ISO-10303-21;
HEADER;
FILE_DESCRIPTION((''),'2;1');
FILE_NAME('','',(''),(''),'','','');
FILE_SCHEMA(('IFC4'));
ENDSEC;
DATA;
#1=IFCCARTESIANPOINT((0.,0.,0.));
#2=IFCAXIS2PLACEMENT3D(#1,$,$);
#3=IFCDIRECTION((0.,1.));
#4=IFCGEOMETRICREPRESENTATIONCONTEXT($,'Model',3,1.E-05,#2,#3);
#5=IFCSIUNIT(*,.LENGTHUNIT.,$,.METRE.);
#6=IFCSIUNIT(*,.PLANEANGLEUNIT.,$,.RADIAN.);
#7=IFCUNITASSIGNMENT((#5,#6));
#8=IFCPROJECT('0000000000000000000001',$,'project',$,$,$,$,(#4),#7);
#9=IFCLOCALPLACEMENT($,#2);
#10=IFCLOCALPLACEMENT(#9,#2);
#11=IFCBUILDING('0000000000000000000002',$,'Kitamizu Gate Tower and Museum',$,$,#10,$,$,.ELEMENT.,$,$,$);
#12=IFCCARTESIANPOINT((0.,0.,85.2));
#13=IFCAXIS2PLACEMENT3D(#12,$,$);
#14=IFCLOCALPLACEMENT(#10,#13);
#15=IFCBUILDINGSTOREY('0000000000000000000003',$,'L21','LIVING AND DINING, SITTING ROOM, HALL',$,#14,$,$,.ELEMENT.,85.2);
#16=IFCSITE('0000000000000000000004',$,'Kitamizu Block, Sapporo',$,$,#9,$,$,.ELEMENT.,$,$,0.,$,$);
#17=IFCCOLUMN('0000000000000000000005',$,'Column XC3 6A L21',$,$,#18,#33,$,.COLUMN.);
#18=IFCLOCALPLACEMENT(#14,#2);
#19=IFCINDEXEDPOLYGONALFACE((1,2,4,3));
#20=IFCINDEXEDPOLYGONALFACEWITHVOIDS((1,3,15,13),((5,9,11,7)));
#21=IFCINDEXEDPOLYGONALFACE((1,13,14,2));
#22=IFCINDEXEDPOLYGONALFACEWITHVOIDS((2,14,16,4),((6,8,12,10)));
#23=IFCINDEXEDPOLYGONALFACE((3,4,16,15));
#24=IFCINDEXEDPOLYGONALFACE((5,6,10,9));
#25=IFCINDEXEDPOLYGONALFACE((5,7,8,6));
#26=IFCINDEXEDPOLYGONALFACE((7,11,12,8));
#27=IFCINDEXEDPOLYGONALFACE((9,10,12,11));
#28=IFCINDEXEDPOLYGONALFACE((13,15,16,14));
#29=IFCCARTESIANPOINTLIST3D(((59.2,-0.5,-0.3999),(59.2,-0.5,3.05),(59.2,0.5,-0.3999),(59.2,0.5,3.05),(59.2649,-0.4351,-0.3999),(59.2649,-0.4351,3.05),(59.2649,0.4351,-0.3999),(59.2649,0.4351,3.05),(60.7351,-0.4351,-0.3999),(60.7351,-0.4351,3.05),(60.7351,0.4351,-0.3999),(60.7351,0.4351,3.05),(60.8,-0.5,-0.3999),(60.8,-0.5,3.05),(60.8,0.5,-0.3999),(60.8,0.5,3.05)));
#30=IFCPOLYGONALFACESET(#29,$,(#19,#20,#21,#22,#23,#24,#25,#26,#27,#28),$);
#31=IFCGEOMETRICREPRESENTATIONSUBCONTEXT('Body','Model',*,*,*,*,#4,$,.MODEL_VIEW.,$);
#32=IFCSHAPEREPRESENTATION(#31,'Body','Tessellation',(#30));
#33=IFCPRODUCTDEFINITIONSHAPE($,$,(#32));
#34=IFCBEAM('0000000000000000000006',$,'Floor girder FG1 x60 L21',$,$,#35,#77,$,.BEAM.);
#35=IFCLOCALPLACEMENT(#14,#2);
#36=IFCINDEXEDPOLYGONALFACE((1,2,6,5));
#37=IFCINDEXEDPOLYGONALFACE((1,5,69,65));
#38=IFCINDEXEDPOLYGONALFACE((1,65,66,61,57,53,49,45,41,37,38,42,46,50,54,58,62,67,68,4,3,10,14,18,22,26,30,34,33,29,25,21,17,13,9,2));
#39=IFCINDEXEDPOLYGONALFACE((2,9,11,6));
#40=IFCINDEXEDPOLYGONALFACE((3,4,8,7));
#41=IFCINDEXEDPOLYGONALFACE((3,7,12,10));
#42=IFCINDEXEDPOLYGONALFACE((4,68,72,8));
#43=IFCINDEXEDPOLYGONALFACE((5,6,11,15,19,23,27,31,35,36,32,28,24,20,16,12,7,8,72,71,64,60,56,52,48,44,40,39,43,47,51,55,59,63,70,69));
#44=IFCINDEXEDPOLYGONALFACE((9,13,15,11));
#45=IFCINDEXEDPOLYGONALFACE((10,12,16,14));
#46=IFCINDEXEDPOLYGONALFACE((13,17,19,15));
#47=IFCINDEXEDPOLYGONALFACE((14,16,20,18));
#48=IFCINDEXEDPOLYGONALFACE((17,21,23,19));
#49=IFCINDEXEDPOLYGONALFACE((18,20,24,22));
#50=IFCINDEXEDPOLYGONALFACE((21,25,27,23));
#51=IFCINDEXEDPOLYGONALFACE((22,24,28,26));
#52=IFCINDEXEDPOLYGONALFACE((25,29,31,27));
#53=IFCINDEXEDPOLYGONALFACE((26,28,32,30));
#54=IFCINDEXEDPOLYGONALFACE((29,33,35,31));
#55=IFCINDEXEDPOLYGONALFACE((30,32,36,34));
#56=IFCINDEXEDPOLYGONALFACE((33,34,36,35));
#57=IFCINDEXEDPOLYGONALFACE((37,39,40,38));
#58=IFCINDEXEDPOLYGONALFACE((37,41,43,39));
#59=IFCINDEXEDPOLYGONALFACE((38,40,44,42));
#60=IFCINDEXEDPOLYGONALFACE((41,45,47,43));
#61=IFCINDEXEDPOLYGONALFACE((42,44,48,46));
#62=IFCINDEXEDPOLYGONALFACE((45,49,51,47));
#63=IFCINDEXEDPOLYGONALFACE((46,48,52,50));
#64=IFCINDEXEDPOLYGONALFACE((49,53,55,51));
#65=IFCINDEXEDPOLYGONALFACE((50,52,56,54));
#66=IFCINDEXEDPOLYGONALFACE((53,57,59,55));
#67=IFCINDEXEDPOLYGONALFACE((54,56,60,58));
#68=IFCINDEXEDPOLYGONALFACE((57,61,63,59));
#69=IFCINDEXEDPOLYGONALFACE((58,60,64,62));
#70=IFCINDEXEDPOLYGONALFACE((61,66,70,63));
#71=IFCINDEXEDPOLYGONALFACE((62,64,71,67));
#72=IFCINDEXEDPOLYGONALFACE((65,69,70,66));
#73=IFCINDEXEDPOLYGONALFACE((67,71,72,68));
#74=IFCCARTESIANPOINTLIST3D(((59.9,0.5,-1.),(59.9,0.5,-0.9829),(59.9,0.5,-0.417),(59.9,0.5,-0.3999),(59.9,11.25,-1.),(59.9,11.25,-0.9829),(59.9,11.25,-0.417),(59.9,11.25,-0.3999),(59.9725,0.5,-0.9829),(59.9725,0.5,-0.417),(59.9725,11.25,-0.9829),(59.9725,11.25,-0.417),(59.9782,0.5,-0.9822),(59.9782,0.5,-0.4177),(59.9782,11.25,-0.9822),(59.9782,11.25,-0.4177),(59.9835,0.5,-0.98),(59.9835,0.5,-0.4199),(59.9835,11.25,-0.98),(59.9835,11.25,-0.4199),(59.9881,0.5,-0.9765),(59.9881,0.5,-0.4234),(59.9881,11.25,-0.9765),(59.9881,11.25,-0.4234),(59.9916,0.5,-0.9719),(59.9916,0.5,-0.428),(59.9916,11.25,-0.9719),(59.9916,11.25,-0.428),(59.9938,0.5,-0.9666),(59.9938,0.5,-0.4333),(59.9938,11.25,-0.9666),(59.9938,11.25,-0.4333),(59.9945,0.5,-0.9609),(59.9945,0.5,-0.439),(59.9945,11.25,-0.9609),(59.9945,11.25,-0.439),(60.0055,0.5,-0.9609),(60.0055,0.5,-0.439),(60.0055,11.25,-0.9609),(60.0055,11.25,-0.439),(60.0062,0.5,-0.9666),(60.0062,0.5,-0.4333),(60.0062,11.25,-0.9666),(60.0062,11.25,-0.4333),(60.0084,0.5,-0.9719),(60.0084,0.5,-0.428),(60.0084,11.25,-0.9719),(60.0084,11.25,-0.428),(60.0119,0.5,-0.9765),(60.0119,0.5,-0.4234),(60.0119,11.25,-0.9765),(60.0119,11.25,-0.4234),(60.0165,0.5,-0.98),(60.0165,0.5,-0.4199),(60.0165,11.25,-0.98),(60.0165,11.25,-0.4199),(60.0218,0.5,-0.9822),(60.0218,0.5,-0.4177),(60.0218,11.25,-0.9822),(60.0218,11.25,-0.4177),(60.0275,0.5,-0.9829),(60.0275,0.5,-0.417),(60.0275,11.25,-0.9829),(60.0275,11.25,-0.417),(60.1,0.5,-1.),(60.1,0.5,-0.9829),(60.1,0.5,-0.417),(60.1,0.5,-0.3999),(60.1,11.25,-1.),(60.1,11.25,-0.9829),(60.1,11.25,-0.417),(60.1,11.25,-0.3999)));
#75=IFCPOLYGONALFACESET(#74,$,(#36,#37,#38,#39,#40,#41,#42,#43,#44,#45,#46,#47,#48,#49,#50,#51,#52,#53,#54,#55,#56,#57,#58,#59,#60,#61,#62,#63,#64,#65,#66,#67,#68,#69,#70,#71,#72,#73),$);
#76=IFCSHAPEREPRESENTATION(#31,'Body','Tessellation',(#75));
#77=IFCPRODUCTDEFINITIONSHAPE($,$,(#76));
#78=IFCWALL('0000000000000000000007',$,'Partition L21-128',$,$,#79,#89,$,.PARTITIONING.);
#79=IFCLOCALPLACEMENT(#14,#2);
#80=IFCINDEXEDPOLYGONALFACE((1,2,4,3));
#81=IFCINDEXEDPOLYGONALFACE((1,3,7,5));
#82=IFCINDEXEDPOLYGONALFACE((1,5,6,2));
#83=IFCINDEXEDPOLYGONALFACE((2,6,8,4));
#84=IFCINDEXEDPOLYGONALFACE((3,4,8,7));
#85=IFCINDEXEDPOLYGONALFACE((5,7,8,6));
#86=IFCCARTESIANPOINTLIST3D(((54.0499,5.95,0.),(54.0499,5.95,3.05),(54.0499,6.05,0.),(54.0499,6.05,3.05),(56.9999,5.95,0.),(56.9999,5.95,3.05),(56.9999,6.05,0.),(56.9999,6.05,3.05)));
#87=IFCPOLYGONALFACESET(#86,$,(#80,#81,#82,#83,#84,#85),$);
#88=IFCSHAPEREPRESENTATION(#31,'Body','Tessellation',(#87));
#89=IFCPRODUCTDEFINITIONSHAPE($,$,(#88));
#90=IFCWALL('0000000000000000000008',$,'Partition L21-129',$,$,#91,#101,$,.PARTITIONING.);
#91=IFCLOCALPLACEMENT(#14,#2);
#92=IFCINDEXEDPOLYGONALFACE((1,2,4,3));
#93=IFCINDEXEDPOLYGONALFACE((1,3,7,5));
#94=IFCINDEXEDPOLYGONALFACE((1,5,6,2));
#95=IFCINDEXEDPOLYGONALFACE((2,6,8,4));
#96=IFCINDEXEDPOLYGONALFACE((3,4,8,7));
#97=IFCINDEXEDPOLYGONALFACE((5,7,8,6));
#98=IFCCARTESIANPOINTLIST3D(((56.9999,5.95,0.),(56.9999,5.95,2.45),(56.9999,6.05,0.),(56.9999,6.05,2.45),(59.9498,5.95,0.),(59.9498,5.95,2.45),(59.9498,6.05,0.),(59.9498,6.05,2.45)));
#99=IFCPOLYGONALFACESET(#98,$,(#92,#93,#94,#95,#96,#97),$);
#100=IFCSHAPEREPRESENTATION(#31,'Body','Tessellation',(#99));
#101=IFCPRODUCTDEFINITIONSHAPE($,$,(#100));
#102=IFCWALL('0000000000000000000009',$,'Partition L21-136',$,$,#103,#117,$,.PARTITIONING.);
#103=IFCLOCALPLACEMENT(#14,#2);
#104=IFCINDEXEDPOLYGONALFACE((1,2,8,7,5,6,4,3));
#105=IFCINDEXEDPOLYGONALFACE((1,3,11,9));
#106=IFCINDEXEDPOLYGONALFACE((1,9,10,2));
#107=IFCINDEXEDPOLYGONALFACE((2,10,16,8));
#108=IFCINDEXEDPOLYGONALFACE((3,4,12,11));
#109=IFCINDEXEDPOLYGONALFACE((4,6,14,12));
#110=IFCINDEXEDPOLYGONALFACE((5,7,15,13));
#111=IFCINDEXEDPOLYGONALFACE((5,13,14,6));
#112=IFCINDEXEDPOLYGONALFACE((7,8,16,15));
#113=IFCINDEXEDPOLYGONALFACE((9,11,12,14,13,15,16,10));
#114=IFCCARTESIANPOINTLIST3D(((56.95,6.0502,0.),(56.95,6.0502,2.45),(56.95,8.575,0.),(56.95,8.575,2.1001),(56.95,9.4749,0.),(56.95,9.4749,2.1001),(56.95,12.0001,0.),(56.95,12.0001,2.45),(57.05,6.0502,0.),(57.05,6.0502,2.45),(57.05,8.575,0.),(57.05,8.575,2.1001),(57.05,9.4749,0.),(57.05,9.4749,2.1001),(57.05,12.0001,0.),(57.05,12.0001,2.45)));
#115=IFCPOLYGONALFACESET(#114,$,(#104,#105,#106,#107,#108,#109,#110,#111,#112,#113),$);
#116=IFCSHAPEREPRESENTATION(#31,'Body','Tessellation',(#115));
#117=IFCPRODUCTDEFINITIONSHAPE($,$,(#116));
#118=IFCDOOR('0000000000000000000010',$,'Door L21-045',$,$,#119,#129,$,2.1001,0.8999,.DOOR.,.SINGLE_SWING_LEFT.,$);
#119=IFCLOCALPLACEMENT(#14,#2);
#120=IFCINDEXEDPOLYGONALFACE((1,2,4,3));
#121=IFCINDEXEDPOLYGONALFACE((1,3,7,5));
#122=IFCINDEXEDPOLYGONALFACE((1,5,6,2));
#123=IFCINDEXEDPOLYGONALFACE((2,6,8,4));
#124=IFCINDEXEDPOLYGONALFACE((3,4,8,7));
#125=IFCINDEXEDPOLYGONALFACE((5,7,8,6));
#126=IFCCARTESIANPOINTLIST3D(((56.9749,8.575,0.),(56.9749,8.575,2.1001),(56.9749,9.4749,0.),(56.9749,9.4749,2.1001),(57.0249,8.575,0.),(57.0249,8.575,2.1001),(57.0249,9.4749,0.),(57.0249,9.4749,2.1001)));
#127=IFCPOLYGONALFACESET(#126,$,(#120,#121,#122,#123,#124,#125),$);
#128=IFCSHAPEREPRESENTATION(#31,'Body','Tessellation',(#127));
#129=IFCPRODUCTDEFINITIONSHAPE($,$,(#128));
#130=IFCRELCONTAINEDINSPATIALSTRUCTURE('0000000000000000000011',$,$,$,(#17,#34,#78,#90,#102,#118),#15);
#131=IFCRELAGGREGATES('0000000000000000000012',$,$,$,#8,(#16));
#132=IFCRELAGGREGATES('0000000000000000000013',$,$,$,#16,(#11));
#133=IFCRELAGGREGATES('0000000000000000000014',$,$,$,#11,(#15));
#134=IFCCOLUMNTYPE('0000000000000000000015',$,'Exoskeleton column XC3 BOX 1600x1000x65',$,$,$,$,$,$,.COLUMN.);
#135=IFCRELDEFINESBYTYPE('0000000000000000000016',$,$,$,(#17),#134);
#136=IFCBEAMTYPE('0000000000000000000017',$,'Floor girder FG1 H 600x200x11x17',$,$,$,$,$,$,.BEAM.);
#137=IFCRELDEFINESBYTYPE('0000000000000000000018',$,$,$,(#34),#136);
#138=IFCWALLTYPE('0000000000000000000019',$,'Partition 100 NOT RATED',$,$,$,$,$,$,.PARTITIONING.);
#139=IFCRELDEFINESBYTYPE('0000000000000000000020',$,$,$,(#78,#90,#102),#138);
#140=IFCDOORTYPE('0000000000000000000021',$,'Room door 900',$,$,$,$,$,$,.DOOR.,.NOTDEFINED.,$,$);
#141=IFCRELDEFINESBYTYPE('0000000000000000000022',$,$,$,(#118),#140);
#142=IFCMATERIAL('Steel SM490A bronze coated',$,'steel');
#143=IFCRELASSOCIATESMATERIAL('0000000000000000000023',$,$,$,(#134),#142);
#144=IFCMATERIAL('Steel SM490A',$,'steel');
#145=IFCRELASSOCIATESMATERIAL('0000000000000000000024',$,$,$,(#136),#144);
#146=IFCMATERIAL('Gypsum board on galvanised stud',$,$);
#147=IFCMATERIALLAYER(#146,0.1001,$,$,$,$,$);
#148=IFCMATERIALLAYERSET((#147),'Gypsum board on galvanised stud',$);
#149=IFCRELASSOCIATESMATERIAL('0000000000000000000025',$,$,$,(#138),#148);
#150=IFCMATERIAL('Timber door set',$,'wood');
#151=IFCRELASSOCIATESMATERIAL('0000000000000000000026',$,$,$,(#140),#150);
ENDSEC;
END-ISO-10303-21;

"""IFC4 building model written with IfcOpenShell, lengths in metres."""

from ifc_helpers import new_model, si_unit, direction, frame, frame_2d, origin, origin_2d, place, context, subcontext, project, spatial, rectangle, hollow_rectangle, i_section, extrude, material, layer, layer_set, material_profile, profile_set, type_object, element, fill, save


model = new_model("IFC4")

# Units and contexts
model_context = context("Model", 3, precision=1e-05, world=origin(), true_north=direction((0.0, 1.0)))
body_context = subcontext(model_context, "Body", "Model", "MODEL_VIEW")
ifc_project = project(units=[si_unit("LENGTHUNIT", "METRE"), si_unit("PLANEANGLEUNIT", "RADIAN")], contexts=[model_context])

# Site, building, storey
site_placement = place(None, origin())
site = spatial("IfcSite", under=ifc_project, at=site_placement, Name="Kitamizu Block, Sapporo", CompositionType="ELEMENT", RefElevation=0.0)
building_placement = place(site_placement, origin())
building = spatial("IfcBuilding", under=site, at=building_placement, Name="Kitamizu Gate Tower and Museum", CompositionType="ELEMENT")
storey_placement = place(building_placement, frame((0.0, 0.0, 85.2)))
storey = spatial("IfcBuildingStorey", under=building, at=storey_placement, Name="L21", Description="LIVING AND DINING, SITTING ROOM, HALL", CompositionType="ELEMENT", Elevation=85.2)

# Column
ifc_material_1 = material(Name="Steel SM490A bronze coated", Category="steel")
ifc_material_profile_1 = material_profile(ifc_material_1, hollow_rectangle(XDim=1.6001, YDim=1.0, WallThickness=0.0649, at=origin_2d()), Name="BOX 1600x1000x65")
ifc_profile_set_1 = profile_set([ifc_material_profile_1], Name="Steel SM490A bronze coated")
column_type = type_object("IfcColumnType", Name="Exoskeleton column XC3 BOX 1600x1000x65", PredefinedType="COLUMN", material=ifc_profile_set_1)
column_placement = place(storey_placement, frame((60.0, 0.0, -0.3999), z_axis=(0.0, 0.0, 1.0), x_axis=(1.0, 0.0, 0.0)))
element("IfcColumn", 1, at=column_placement, inside=storey, type_object=column_type, Name="Column XC3 6A L21", PredefinedType="COLUMN", context=body_context, shape_type="SweptSolid", body=[
    extrude(hollow_rectangle(XDim=1.6001, YDim=1.0, WallThickness=0.0649, at=origin_2d()), origin(), (0.0, 0.0, 1.0), 3.45),
])

# Beam
ifc_material_2 = material(Name="Steel SM490A", Category="steel")
ifc_material_profile_2 = material_profile(ifc_material_2, i_section(OverallWidth=0.2, OverallDepth=0.6001, WebThickness=0.011, FlangeThickness=0.0171, FilletRadius=0.022, at=origin_2d()), Name="H-600x200x11x17")
ifc_profile_set_2 = profile_set([ifc_material_profile_2], Name="Steel SM490A")
beam_type = type_object("IfcBeamType", Name="Floor girder FG1 H 600x200x11x17", PredefinedType="BEAM", material=ifc_profile_set_2)
beam_placement = place(storey_placement, frame((60.0, 0.5, -0.7), z_axis=(0.0, 1.0, 0.0), x_axis=(-1.0, 0.0, 0.0)))
element("IfcBeam", 2, at=beam_placement, inside=storey, type_object=beam_type, Name="Floor girder FG1 x60 L21", PredefinedType="BEAM", context=body_context, shape_type="SweptSolid", body=[
    extrude(i_section(OverallWidth=0.2, OverallDepth=0.6001, WebThickness=0.011, FlangeThickness=0.0171, FilletRadius=0.022, at=origin_2d()), origin(), (0.0, 0.0, 1.0), 10.75),
])

# Walls
ifc_material_3 = material(Name="Gypsum board on galvanised stud")
ifc_layer = layer(ifc_material_3, 0.1001)
ifc_layer_set = layer_set([ifc_layer], Name="Gypsum board on galvanised stud")
wall_type = type_object("IfcWallType", Name="Partition 100 NOT RATED", PredefinedType="PARTITIONING", material=ifc_layer_set)
wall_1_placement = place(storey_placement, frame((57.0, 6.0, 0.0), z_axis=(0.0, 0.0, 1.0), x_axis=(-1.0, 0.0, 0.0)))
element("IfcWall", 3, at=wall_1_placement, inside=storey, type_object=wall_type, Name="Partition L21-128", PredefinedType="PARTITIONING", context=body_context, shape_type="SweptSolid", body=[
    extrude(rectangle(XDim=2.95, YDim=0.1001, at=frame_2d((1.4751, 0.0))), origin(), (0.0, 0.0, 1.0), 3.05),
])
wall_2_placement = place(storey_placement, frame((59.95, 6.0, 0.0), z_axis=(0.0, 0.0, 1.0), x_axis=(-1.0, 0.0, 0.0)))
element("IfcWall", 4, at=wall_2_placement, inside=storey, type_object=wall_type, Name="Partition L21-129", PredefinedType="PARTITIONING", context=body_context, shape_type="SweptSolid", body=[
    extrude(rectangle(XDim=2.95, YDim=0.1001, at=frame_2d((1.4751, 0.0))), origin(), (0.0, 0.0, 1.0), 2.45),
])

# Wall, opening, door
wall_3_placement = place(storey_placement, frame((57.0, 6.05, 0.0), z_axis=(0.0, 0.0, 1.0), x_axis=(0.0, 1.0, 0.0)))
wall_3 = element("IfcWall", 5, at=wall_3_placement, inside=storey, type_object=wall_type, Name="Partition L21-136", PredefinedType="PARTITIONING", context=body_context, shape_type="SweptSolid", body=[
    extrude(rectangle(XDim=5.95, YDim=0.1001, at=frame_2d((2.9751, 0.0))), origin(), (0.0, 0.0, 1.0), 2.45),
])
opening_placement = place(wall_3_placement, frame((2.5249, 0.0, 0.0)))
opening = element("IfcOpeningElement", 6, at=opening_placement, cuts=wall_3, PredefinedType="OPENING", context=body_context, shape_type="SweptSolid", body=[
    extrude(rectangle(XDim=0.8999, YDim=2.1001, at=frame_2d((0.45, 1.05))), frame((0.0, 0.0601, 0.0), z_axis=(0.0, -1.0, 0.0), x_axis=(1.0, 0.0, 0.0)), (0.0, 0.0, 1.0), 0.1201),
])
ifc_material_4 = material(Name="Timber door set", Category="wood")
door_type = type_object("IfcDoorType", Name="Room door 900", OperationType="NOTDEFINED", PredefinedType="DOOR", material=ifc_material_4)
door_placement = place(opening_placement, frame((0.8999, 0.0, 0.0), x_axis=(-1.0, 0.0, 0.0)))
door = element("IfcDoor", 7, at=door_placement, inside=storey, type_object=door_type, Name="Door L21-045", OperationType="SINGLE_SWING_LEFT", OverallHeight=2.1001, OverallWidth=0.8999, PredefinedType="DOOR", context=body_context, shape_type="SweptSolid", body=[
    extrude(rectangle(XDim=0.8999, YDim=2.1001, at=frame_2d((0.45, 1.05))), frame((0.0, 0.0249, 0.0), z_axis=(0.0, -1.0, 0.0), x_axis=(1.0, 0.0, 0.0)), (0.0, 0.0, 1.0), 0.05),
])
fill(opening, door)

save(model, "model.ifc")
